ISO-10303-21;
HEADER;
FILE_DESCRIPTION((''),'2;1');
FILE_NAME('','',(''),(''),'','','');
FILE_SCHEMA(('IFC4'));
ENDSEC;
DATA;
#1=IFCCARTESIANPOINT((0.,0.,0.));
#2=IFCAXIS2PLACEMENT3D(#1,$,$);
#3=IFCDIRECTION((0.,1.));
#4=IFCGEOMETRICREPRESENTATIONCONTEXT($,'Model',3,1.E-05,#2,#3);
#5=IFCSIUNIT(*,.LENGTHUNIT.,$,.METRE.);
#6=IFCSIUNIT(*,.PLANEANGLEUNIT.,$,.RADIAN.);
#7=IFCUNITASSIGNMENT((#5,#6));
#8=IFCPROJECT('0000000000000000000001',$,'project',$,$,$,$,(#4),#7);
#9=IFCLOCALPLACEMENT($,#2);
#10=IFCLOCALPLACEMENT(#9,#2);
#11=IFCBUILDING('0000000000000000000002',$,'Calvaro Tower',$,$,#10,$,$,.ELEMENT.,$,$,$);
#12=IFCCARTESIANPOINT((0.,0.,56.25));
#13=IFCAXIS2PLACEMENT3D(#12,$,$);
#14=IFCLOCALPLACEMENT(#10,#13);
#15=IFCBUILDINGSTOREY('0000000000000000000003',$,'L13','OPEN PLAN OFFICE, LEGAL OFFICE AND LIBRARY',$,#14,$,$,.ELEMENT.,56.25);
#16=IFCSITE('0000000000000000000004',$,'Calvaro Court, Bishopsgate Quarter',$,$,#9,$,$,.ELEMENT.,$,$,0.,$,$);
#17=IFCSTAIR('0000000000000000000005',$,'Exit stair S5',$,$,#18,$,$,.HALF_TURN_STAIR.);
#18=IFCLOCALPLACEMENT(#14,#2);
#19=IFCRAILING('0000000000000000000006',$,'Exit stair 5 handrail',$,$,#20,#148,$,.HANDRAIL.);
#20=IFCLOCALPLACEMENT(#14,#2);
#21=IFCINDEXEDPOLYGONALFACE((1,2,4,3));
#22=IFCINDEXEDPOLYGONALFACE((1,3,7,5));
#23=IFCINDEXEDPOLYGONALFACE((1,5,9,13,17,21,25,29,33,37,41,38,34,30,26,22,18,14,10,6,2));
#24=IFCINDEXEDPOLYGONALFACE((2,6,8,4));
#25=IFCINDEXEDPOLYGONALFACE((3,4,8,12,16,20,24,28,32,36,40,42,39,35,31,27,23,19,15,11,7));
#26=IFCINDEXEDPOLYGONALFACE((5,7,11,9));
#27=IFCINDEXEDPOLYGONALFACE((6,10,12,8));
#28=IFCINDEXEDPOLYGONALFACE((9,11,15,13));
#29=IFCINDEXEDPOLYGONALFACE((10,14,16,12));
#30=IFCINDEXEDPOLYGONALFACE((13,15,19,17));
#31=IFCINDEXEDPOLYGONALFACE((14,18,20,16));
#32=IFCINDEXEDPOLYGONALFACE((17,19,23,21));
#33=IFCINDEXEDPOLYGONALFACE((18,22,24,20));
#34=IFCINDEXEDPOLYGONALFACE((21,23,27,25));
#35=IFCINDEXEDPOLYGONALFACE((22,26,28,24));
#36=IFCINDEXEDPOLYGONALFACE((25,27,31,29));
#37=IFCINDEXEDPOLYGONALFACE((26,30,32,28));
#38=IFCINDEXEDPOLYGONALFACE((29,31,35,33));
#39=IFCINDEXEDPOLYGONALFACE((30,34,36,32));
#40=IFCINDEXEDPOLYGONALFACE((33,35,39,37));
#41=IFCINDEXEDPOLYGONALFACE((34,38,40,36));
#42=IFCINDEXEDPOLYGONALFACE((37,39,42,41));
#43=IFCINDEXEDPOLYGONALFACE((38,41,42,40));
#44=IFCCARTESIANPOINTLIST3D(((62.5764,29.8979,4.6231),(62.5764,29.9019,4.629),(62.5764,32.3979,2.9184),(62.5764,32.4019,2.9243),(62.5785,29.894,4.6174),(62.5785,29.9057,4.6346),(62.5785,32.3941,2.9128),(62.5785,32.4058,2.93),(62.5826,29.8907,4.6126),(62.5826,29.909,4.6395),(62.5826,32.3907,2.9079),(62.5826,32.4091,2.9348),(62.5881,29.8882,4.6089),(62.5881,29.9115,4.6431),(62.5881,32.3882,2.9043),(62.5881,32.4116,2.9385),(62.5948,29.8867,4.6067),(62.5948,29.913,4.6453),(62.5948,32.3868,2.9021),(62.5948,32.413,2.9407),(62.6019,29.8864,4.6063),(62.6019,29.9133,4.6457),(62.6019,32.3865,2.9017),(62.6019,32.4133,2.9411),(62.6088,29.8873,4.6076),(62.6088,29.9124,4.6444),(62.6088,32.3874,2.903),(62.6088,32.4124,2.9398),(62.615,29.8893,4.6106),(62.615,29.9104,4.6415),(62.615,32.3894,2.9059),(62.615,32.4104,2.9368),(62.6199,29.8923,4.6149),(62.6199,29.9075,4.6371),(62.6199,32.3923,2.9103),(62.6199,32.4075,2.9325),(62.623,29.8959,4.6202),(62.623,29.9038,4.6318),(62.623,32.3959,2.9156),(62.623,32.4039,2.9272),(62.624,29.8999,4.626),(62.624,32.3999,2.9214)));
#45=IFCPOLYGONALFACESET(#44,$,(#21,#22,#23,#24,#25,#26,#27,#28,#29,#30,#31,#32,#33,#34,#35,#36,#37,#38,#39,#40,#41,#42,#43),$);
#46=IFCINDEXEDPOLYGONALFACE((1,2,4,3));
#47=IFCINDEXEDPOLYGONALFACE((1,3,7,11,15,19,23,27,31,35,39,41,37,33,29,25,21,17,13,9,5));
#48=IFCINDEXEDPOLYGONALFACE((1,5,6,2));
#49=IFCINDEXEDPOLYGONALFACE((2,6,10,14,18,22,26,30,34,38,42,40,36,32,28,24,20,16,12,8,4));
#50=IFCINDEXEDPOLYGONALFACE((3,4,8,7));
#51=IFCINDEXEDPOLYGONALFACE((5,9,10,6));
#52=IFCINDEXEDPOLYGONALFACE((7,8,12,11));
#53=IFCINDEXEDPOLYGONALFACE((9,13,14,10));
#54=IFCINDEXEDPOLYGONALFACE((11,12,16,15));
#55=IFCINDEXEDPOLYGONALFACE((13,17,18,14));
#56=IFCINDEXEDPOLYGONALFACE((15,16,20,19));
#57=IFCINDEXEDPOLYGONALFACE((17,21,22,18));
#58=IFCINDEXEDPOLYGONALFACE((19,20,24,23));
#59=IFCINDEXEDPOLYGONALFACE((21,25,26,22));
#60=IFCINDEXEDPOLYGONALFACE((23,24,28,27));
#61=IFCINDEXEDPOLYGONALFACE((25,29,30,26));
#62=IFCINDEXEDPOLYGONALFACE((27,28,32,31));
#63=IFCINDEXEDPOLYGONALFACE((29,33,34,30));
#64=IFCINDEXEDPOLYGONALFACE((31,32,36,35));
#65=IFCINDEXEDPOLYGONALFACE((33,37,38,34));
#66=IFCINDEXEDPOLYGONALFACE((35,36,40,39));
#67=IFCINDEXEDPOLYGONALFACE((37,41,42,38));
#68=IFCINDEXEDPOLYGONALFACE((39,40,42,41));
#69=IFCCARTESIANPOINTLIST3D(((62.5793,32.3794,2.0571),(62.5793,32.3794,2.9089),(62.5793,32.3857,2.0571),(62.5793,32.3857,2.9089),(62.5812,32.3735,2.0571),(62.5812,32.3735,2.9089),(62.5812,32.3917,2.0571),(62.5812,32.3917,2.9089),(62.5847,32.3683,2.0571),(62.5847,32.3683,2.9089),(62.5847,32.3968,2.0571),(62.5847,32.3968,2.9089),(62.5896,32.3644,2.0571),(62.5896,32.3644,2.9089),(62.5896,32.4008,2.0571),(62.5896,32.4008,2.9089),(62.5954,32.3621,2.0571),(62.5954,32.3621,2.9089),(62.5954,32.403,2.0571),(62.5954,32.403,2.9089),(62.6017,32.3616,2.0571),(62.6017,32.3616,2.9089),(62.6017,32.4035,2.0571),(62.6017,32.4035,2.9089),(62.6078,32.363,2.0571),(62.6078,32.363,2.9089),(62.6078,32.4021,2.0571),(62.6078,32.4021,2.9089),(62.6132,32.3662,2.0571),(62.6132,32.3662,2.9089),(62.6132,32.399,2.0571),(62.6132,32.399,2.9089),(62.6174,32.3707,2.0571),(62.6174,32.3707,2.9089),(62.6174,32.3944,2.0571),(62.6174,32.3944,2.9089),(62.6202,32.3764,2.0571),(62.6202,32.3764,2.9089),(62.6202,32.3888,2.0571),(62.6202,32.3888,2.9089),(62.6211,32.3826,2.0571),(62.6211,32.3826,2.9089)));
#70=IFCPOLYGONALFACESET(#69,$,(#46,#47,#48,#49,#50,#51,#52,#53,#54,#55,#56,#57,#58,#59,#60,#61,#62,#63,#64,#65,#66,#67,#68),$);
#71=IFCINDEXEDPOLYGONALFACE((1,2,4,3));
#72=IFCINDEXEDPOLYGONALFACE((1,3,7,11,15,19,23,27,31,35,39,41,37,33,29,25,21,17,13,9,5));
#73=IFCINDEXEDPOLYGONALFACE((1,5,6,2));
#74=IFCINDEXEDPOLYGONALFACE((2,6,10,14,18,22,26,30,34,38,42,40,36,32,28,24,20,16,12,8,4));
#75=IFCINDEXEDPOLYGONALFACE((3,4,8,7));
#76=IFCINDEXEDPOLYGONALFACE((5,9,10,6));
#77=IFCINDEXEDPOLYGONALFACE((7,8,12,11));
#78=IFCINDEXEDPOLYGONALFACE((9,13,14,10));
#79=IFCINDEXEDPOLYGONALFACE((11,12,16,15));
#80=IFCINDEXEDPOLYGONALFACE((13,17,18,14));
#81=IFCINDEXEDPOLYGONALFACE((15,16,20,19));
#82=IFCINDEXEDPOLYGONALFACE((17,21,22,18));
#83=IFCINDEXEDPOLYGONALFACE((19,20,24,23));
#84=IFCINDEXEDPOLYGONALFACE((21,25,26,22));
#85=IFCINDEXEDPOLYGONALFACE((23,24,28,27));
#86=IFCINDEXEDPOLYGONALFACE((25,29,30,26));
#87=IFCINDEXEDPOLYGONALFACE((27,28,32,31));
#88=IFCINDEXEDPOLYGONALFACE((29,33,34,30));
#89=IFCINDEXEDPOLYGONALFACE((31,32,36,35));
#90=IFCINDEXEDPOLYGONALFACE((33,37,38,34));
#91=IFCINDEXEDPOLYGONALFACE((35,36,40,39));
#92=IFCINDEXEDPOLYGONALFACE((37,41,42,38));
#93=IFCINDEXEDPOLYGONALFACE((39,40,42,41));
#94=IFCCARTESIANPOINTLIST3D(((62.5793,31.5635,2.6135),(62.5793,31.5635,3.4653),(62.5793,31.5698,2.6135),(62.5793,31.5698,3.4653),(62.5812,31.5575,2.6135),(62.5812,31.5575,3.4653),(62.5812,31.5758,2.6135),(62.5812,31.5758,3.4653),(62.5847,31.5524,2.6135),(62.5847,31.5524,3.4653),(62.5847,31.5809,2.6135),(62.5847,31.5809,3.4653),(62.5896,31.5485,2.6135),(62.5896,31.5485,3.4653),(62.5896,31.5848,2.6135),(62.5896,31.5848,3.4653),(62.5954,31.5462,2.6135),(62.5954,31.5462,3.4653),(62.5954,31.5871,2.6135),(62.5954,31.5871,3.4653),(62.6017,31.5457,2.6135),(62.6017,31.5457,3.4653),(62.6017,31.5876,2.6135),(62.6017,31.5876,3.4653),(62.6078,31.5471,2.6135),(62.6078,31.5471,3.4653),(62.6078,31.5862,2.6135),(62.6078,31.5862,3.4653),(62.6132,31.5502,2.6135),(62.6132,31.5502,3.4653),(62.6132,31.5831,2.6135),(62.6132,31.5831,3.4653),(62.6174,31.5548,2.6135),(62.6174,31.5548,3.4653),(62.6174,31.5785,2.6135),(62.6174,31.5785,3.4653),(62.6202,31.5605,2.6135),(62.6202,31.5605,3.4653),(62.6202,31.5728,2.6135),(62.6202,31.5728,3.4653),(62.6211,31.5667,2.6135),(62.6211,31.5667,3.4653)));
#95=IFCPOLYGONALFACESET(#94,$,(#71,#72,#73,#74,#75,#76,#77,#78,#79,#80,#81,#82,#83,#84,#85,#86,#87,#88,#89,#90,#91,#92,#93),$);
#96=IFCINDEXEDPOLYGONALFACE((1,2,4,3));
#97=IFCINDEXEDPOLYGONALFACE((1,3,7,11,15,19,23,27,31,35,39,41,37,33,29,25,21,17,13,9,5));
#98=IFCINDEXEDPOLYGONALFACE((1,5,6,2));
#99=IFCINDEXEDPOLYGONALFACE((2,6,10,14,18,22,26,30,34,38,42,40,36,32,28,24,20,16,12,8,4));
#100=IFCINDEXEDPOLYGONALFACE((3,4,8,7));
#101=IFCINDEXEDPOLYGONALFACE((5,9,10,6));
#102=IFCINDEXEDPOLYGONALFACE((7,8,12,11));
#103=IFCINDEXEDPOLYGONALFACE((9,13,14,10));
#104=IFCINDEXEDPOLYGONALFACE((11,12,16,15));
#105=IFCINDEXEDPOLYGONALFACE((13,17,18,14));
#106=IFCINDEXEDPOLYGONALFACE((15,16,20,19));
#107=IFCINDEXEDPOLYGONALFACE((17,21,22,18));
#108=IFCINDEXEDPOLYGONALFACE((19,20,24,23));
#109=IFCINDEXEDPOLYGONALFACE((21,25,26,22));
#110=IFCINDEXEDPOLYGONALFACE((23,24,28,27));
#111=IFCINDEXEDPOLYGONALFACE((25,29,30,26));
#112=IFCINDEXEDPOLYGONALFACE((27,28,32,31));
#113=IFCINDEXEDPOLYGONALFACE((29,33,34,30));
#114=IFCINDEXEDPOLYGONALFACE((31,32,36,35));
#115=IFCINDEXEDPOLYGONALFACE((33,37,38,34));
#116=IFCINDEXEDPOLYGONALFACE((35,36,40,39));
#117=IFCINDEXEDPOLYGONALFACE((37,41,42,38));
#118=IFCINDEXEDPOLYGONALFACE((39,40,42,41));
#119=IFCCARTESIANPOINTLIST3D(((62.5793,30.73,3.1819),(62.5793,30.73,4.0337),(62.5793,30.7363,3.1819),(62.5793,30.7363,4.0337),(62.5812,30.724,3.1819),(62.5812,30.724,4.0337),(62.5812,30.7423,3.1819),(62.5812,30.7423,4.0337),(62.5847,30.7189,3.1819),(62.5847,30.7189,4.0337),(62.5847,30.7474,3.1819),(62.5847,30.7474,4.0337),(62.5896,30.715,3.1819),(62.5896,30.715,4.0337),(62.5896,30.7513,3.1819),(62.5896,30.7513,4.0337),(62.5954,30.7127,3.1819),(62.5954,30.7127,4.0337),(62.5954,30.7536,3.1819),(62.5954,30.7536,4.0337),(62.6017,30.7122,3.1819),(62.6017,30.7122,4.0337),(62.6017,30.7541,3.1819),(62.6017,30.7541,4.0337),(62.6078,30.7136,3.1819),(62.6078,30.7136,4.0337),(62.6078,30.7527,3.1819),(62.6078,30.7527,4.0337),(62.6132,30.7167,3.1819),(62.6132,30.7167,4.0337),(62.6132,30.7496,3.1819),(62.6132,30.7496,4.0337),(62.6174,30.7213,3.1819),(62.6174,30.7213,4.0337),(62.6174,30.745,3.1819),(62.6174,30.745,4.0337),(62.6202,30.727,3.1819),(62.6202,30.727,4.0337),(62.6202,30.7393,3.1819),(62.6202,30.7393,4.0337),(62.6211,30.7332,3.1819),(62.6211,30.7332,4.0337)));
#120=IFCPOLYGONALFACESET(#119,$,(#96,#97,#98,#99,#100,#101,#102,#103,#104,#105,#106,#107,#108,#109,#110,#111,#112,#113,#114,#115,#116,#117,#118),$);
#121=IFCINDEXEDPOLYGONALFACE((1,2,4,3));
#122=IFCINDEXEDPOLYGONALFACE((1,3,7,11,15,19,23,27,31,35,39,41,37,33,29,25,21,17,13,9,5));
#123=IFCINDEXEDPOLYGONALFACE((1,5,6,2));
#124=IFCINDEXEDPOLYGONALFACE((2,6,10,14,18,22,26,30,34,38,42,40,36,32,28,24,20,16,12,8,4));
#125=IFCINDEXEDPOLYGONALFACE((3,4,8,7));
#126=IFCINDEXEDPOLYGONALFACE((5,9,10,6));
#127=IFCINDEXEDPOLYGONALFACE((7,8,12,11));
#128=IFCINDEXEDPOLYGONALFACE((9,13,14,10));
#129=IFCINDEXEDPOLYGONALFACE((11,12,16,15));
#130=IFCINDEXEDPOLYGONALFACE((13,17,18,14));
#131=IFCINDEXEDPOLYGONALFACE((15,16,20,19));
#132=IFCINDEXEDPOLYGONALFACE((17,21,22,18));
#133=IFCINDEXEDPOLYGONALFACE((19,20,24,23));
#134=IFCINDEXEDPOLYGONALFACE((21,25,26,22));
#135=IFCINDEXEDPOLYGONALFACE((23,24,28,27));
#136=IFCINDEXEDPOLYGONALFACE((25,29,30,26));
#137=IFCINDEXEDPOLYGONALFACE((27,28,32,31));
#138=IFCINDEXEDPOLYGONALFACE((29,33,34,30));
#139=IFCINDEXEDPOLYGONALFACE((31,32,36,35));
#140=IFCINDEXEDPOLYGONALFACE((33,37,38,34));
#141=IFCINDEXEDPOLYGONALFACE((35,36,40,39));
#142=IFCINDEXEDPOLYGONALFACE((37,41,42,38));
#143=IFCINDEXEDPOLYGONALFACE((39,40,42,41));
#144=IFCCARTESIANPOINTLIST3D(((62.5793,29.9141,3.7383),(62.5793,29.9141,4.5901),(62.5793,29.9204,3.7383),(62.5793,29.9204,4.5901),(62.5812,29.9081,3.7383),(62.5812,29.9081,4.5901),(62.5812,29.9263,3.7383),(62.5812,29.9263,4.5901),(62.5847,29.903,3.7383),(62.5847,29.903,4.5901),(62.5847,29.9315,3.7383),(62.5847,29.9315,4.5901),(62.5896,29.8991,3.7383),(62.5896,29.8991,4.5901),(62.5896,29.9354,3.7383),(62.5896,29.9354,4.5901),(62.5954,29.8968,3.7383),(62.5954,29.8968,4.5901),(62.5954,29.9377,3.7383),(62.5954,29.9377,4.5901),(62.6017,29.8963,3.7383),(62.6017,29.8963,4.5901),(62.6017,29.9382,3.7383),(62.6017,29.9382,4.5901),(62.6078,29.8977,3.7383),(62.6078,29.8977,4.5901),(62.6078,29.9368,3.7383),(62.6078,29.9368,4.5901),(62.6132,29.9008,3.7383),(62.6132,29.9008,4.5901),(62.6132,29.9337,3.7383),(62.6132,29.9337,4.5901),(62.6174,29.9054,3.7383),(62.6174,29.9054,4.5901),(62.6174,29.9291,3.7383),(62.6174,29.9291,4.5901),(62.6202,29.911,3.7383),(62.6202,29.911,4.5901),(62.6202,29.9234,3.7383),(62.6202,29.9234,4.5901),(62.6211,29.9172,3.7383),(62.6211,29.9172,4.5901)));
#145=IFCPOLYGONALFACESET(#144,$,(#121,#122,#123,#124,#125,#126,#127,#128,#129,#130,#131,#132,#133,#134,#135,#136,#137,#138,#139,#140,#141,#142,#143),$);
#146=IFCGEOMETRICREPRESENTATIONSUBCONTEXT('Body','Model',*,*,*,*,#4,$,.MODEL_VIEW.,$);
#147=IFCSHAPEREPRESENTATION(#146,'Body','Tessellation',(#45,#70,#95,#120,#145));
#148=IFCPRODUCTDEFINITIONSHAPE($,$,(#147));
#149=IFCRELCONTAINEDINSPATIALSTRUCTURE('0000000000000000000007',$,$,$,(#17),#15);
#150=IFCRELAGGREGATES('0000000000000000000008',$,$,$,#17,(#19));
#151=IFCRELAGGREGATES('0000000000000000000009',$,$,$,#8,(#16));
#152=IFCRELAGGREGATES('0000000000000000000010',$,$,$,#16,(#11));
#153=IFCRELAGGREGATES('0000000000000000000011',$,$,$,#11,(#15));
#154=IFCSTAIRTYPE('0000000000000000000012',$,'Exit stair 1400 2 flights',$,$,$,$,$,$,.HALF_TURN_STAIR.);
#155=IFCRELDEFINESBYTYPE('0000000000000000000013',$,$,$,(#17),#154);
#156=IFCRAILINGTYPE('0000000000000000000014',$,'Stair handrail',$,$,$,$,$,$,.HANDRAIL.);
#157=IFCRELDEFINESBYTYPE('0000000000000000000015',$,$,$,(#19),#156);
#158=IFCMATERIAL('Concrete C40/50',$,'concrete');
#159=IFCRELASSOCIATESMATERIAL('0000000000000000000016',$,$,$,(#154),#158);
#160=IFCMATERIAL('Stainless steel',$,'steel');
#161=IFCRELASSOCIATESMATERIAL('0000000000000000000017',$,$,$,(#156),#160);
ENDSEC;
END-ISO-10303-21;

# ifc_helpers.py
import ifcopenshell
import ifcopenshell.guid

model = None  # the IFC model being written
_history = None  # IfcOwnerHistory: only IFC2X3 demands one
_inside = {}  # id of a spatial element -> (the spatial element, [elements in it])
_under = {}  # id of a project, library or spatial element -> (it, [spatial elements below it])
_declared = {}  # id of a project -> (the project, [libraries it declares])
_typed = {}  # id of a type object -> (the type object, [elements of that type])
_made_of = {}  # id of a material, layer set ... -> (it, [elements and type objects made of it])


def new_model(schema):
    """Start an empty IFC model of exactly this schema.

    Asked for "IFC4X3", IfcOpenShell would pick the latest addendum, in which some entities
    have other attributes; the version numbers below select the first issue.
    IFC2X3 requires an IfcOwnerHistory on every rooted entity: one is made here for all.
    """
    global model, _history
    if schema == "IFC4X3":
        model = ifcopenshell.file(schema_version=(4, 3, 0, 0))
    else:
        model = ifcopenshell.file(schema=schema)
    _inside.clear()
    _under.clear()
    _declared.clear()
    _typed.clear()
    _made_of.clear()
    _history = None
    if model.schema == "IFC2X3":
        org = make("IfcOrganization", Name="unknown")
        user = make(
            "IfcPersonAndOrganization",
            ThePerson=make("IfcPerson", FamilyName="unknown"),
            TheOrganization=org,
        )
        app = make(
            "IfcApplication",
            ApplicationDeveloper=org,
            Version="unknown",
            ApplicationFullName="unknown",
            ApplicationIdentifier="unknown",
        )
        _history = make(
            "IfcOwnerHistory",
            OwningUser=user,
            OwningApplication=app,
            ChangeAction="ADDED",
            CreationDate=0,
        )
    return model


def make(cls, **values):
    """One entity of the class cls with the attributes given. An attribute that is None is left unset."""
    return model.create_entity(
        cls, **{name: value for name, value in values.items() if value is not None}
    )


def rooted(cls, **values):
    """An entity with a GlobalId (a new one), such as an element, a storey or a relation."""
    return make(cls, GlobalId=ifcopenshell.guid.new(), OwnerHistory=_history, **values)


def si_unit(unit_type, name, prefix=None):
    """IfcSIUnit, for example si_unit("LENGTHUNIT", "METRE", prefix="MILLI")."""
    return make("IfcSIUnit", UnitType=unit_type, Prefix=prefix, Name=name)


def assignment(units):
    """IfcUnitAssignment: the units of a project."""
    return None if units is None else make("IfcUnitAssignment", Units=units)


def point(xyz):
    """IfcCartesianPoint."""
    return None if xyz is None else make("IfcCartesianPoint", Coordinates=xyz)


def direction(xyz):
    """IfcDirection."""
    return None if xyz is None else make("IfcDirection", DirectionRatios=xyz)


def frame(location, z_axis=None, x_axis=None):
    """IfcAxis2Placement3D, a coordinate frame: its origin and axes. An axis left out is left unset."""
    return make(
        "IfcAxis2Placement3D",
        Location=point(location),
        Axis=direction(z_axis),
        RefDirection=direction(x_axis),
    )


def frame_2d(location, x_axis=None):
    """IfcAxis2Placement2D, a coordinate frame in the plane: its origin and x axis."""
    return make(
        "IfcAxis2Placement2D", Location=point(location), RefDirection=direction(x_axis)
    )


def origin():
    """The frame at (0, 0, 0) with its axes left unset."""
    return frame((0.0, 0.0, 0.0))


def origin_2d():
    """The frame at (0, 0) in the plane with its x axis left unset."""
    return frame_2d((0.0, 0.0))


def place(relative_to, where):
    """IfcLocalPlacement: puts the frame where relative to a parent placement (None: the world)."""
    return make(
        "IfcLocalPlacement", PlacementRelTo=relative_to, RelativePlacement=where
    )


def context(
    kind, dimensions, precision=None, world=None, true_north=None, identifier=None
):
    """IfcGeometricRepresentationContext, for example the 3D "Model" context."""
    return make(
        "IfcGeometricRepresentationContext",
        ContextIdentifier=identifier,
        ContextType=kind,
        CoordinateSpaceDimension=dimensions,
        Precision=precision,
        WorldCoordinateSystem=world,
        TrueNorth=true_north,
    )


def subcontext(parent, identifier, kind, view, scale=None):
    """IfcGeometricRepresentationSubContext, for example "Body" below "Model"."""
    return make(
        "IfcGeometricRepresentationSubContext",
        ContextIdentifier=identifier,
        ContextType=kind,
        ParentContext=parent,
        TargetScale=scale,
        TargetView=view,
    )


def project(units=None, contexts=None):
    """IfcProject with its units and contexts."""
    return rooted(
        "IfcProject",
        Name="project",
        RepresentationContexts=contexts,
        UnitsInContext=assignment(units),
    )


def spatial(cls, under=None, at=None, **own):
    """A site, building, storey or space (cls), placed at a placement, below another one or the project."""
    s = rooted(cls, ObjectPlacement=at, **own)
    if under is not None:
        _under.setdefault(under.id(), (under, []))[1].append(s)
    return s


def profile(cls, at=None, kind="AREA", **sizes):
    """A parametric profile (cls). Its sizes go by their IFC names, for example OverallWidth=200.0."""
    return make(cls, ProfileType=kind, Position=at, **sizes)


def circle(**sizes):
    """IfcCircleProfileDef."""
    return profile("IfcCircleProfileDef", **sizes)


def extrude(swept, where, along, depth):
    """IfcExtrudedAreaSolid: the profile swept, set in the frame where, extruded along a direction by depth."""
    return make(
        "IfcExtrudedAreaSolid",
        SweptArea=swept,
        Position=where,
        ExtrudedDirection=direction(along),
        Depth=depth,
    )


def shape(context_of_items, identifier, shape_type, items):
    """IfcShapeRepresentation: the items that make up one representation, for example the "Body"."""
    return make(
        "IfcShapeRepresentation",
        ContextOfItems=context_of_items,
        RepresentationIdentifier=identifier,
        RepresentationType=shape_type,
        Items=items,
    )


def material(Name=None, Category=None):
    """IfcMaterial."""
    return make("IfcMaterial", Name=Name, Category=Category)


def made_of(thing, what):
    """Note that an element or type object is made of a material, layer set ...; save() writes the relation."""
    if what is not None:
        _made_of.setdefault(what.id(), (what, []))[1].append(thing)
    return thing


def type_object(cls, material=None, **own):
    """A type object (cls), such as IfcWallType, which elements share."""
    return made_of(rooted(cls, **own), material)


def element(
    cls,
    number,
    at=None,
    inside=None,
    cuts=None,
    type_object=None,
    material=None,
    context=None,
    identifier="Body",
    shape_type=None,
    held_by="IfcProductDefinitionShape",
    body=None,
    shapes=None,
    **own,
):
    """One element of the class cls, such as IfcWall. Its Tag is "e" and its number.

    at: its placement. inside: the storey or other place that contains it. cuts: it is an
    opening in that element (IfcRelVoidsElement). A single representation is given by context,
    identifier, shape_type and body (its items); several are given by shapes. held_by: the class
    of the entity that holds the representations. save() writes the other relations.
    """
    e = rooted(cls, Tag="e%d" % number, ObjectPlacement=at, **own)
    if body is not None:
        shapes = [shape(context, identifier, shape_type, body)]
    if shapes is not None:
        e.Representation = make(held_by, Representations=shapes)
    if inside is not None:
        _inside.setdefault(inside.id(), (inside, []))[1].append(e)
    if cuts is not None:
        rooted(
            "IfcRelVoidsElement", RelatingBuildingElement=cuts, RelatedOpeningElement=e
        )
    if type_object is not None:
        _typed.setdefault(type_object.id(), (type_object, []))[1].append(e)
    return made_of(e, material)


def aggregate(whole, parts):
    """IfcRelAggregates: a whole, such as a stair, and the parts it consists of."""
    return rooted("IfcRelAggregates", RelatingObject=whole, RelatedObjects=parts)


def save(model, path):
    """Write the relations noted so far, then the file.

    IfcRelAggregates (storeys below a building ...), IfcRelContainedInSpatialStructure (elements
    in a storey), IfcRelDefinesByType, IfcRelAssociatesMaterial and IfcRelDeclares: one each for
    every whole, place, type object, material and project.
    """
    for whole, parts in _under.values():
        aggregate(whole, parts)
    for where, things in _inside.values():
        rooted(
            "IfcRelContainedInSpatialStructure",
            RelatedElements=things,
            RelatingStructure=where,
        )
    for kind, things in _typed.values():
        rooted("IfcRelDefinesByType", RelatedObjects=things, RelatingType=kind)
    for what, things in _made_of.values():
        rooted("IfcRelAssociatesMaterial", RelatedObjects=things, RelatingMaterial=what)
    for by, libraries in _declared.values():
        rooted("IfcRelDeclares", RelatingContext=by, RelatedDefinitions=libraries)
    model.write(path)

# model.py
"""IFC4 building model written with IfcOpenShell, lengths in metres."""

from ifc_helpers import new_model, si_unit, direction, frame, origin, origin_2d, place, context, subcontext, project, spatial, circle, extrude, material, type_object, element, aggregate, save


model = new_model("IFC4")

# Units and contexts
model_context = context("Model", 3, precision=1e-05, world=origin(), true_north=direction((0.0, 1.0)))
body_context = subcontext(model_context, "Body", "Model", "MODEL_VIEW")
ifc_project = project(units=[si_unit("LENGTHUNIT", "METRE"), si_unit("PLANEANGLEUNIT", "RADIAN")], contexts=[model_context])

# Site, building, storey
site_placement = place(None, origin())
site = spatial("IfcSite", under=ifc_project, at=site_placement, Name="Calvaro Court, Bishopsgate Quarter", CompositionType="ELEMENT", RefElevation=0.0)
building_placement = place(site_placement, origin())
building = spatial("IfcBuilding", under=site, at=building_placement, Name="Calvaro Tower", CompositionType="ELEMENT")
storey_placement = place(building_placement, frame((0.0, 0.0, 56.25)))
storey = spatial("IfcBuildingStorey", under=building, at=storey_placement, Name="L13", Description="OPEN PLAN OFFICE, LEGAL OFFICE AND LIBRARY", CompositionType="ELEMENT", Elevation=56.25)

# Stair
ifc_material_1 = material(Name="Concrete C40/50", Category="concrete")
stair_type = type_object("IfcStairType", Name="Exit stair 1400 2 flights", PredefinedType="HALF_TURN_STAIR", material=ifc_material_1)
stair_1_placement = place(storey_placement, origin())
stair_1 = element("IfcStair", 1, at=stair_1_placement, inside=storey, type_object=stair_type, Name="Exit stair S5", PredefinedType="HALF_TURN_STAIR")

# Shared definitions
ifc_material_2 = material(Name="Stainless steel", Category="steel")
railing_type = type_object("IfcRailingType", Name="Stair handrail", PredefinedType="HANDRAIL", material=ifc_material_2)

# Railing
railing_1_placement = place(storey_placement, frame((62.6001, 32.3999, 2.0454)))
railing_1 = element("IfcRailing", 2, at=railing_1_placement, type_object=railing_type, Name="Exit stair 5 handrail", PredefinedType="HANDRAIL", context=body_context, shape_type="SweptSolid", body=[
    extrude(circle(Radius=0.0239, at=origin_2d()), frame((0.0, 0.0, 0.876), z_axis=(0.0, -0.826221, 0.563347), x_axis=(1.0, 0.0, 0.0)), (0.0, 0.0, 1.0), 3.0259),
    extrude(circle(Radius=0.021, at=origin_2d()), frame((0.0, -0.0173, 0.0117)), (0.0, 0.0, 1.0), 0.8518),
    extrude(circle(Radius=0.021, at=origin_2d()), frame((0.0, -0.8333, 0.5681)), (0.0, 0.0, 1.0), 0.8518),
    extrude(circle(Radius=0.021, at=origin_2d()), frame((0.0, -1.6667, 1.1365)), (0.0, 0.0, 1.0), 0.8518),
    extrude(circle(Radius=0.021, at=origin_2d()), frame((0.0, -2.4827, 1.6929)), (0.0, 0.0, 1.0), 0.8518),
])
aggregate(stair_1, [railing_1])

save(model, "model.ifc")
